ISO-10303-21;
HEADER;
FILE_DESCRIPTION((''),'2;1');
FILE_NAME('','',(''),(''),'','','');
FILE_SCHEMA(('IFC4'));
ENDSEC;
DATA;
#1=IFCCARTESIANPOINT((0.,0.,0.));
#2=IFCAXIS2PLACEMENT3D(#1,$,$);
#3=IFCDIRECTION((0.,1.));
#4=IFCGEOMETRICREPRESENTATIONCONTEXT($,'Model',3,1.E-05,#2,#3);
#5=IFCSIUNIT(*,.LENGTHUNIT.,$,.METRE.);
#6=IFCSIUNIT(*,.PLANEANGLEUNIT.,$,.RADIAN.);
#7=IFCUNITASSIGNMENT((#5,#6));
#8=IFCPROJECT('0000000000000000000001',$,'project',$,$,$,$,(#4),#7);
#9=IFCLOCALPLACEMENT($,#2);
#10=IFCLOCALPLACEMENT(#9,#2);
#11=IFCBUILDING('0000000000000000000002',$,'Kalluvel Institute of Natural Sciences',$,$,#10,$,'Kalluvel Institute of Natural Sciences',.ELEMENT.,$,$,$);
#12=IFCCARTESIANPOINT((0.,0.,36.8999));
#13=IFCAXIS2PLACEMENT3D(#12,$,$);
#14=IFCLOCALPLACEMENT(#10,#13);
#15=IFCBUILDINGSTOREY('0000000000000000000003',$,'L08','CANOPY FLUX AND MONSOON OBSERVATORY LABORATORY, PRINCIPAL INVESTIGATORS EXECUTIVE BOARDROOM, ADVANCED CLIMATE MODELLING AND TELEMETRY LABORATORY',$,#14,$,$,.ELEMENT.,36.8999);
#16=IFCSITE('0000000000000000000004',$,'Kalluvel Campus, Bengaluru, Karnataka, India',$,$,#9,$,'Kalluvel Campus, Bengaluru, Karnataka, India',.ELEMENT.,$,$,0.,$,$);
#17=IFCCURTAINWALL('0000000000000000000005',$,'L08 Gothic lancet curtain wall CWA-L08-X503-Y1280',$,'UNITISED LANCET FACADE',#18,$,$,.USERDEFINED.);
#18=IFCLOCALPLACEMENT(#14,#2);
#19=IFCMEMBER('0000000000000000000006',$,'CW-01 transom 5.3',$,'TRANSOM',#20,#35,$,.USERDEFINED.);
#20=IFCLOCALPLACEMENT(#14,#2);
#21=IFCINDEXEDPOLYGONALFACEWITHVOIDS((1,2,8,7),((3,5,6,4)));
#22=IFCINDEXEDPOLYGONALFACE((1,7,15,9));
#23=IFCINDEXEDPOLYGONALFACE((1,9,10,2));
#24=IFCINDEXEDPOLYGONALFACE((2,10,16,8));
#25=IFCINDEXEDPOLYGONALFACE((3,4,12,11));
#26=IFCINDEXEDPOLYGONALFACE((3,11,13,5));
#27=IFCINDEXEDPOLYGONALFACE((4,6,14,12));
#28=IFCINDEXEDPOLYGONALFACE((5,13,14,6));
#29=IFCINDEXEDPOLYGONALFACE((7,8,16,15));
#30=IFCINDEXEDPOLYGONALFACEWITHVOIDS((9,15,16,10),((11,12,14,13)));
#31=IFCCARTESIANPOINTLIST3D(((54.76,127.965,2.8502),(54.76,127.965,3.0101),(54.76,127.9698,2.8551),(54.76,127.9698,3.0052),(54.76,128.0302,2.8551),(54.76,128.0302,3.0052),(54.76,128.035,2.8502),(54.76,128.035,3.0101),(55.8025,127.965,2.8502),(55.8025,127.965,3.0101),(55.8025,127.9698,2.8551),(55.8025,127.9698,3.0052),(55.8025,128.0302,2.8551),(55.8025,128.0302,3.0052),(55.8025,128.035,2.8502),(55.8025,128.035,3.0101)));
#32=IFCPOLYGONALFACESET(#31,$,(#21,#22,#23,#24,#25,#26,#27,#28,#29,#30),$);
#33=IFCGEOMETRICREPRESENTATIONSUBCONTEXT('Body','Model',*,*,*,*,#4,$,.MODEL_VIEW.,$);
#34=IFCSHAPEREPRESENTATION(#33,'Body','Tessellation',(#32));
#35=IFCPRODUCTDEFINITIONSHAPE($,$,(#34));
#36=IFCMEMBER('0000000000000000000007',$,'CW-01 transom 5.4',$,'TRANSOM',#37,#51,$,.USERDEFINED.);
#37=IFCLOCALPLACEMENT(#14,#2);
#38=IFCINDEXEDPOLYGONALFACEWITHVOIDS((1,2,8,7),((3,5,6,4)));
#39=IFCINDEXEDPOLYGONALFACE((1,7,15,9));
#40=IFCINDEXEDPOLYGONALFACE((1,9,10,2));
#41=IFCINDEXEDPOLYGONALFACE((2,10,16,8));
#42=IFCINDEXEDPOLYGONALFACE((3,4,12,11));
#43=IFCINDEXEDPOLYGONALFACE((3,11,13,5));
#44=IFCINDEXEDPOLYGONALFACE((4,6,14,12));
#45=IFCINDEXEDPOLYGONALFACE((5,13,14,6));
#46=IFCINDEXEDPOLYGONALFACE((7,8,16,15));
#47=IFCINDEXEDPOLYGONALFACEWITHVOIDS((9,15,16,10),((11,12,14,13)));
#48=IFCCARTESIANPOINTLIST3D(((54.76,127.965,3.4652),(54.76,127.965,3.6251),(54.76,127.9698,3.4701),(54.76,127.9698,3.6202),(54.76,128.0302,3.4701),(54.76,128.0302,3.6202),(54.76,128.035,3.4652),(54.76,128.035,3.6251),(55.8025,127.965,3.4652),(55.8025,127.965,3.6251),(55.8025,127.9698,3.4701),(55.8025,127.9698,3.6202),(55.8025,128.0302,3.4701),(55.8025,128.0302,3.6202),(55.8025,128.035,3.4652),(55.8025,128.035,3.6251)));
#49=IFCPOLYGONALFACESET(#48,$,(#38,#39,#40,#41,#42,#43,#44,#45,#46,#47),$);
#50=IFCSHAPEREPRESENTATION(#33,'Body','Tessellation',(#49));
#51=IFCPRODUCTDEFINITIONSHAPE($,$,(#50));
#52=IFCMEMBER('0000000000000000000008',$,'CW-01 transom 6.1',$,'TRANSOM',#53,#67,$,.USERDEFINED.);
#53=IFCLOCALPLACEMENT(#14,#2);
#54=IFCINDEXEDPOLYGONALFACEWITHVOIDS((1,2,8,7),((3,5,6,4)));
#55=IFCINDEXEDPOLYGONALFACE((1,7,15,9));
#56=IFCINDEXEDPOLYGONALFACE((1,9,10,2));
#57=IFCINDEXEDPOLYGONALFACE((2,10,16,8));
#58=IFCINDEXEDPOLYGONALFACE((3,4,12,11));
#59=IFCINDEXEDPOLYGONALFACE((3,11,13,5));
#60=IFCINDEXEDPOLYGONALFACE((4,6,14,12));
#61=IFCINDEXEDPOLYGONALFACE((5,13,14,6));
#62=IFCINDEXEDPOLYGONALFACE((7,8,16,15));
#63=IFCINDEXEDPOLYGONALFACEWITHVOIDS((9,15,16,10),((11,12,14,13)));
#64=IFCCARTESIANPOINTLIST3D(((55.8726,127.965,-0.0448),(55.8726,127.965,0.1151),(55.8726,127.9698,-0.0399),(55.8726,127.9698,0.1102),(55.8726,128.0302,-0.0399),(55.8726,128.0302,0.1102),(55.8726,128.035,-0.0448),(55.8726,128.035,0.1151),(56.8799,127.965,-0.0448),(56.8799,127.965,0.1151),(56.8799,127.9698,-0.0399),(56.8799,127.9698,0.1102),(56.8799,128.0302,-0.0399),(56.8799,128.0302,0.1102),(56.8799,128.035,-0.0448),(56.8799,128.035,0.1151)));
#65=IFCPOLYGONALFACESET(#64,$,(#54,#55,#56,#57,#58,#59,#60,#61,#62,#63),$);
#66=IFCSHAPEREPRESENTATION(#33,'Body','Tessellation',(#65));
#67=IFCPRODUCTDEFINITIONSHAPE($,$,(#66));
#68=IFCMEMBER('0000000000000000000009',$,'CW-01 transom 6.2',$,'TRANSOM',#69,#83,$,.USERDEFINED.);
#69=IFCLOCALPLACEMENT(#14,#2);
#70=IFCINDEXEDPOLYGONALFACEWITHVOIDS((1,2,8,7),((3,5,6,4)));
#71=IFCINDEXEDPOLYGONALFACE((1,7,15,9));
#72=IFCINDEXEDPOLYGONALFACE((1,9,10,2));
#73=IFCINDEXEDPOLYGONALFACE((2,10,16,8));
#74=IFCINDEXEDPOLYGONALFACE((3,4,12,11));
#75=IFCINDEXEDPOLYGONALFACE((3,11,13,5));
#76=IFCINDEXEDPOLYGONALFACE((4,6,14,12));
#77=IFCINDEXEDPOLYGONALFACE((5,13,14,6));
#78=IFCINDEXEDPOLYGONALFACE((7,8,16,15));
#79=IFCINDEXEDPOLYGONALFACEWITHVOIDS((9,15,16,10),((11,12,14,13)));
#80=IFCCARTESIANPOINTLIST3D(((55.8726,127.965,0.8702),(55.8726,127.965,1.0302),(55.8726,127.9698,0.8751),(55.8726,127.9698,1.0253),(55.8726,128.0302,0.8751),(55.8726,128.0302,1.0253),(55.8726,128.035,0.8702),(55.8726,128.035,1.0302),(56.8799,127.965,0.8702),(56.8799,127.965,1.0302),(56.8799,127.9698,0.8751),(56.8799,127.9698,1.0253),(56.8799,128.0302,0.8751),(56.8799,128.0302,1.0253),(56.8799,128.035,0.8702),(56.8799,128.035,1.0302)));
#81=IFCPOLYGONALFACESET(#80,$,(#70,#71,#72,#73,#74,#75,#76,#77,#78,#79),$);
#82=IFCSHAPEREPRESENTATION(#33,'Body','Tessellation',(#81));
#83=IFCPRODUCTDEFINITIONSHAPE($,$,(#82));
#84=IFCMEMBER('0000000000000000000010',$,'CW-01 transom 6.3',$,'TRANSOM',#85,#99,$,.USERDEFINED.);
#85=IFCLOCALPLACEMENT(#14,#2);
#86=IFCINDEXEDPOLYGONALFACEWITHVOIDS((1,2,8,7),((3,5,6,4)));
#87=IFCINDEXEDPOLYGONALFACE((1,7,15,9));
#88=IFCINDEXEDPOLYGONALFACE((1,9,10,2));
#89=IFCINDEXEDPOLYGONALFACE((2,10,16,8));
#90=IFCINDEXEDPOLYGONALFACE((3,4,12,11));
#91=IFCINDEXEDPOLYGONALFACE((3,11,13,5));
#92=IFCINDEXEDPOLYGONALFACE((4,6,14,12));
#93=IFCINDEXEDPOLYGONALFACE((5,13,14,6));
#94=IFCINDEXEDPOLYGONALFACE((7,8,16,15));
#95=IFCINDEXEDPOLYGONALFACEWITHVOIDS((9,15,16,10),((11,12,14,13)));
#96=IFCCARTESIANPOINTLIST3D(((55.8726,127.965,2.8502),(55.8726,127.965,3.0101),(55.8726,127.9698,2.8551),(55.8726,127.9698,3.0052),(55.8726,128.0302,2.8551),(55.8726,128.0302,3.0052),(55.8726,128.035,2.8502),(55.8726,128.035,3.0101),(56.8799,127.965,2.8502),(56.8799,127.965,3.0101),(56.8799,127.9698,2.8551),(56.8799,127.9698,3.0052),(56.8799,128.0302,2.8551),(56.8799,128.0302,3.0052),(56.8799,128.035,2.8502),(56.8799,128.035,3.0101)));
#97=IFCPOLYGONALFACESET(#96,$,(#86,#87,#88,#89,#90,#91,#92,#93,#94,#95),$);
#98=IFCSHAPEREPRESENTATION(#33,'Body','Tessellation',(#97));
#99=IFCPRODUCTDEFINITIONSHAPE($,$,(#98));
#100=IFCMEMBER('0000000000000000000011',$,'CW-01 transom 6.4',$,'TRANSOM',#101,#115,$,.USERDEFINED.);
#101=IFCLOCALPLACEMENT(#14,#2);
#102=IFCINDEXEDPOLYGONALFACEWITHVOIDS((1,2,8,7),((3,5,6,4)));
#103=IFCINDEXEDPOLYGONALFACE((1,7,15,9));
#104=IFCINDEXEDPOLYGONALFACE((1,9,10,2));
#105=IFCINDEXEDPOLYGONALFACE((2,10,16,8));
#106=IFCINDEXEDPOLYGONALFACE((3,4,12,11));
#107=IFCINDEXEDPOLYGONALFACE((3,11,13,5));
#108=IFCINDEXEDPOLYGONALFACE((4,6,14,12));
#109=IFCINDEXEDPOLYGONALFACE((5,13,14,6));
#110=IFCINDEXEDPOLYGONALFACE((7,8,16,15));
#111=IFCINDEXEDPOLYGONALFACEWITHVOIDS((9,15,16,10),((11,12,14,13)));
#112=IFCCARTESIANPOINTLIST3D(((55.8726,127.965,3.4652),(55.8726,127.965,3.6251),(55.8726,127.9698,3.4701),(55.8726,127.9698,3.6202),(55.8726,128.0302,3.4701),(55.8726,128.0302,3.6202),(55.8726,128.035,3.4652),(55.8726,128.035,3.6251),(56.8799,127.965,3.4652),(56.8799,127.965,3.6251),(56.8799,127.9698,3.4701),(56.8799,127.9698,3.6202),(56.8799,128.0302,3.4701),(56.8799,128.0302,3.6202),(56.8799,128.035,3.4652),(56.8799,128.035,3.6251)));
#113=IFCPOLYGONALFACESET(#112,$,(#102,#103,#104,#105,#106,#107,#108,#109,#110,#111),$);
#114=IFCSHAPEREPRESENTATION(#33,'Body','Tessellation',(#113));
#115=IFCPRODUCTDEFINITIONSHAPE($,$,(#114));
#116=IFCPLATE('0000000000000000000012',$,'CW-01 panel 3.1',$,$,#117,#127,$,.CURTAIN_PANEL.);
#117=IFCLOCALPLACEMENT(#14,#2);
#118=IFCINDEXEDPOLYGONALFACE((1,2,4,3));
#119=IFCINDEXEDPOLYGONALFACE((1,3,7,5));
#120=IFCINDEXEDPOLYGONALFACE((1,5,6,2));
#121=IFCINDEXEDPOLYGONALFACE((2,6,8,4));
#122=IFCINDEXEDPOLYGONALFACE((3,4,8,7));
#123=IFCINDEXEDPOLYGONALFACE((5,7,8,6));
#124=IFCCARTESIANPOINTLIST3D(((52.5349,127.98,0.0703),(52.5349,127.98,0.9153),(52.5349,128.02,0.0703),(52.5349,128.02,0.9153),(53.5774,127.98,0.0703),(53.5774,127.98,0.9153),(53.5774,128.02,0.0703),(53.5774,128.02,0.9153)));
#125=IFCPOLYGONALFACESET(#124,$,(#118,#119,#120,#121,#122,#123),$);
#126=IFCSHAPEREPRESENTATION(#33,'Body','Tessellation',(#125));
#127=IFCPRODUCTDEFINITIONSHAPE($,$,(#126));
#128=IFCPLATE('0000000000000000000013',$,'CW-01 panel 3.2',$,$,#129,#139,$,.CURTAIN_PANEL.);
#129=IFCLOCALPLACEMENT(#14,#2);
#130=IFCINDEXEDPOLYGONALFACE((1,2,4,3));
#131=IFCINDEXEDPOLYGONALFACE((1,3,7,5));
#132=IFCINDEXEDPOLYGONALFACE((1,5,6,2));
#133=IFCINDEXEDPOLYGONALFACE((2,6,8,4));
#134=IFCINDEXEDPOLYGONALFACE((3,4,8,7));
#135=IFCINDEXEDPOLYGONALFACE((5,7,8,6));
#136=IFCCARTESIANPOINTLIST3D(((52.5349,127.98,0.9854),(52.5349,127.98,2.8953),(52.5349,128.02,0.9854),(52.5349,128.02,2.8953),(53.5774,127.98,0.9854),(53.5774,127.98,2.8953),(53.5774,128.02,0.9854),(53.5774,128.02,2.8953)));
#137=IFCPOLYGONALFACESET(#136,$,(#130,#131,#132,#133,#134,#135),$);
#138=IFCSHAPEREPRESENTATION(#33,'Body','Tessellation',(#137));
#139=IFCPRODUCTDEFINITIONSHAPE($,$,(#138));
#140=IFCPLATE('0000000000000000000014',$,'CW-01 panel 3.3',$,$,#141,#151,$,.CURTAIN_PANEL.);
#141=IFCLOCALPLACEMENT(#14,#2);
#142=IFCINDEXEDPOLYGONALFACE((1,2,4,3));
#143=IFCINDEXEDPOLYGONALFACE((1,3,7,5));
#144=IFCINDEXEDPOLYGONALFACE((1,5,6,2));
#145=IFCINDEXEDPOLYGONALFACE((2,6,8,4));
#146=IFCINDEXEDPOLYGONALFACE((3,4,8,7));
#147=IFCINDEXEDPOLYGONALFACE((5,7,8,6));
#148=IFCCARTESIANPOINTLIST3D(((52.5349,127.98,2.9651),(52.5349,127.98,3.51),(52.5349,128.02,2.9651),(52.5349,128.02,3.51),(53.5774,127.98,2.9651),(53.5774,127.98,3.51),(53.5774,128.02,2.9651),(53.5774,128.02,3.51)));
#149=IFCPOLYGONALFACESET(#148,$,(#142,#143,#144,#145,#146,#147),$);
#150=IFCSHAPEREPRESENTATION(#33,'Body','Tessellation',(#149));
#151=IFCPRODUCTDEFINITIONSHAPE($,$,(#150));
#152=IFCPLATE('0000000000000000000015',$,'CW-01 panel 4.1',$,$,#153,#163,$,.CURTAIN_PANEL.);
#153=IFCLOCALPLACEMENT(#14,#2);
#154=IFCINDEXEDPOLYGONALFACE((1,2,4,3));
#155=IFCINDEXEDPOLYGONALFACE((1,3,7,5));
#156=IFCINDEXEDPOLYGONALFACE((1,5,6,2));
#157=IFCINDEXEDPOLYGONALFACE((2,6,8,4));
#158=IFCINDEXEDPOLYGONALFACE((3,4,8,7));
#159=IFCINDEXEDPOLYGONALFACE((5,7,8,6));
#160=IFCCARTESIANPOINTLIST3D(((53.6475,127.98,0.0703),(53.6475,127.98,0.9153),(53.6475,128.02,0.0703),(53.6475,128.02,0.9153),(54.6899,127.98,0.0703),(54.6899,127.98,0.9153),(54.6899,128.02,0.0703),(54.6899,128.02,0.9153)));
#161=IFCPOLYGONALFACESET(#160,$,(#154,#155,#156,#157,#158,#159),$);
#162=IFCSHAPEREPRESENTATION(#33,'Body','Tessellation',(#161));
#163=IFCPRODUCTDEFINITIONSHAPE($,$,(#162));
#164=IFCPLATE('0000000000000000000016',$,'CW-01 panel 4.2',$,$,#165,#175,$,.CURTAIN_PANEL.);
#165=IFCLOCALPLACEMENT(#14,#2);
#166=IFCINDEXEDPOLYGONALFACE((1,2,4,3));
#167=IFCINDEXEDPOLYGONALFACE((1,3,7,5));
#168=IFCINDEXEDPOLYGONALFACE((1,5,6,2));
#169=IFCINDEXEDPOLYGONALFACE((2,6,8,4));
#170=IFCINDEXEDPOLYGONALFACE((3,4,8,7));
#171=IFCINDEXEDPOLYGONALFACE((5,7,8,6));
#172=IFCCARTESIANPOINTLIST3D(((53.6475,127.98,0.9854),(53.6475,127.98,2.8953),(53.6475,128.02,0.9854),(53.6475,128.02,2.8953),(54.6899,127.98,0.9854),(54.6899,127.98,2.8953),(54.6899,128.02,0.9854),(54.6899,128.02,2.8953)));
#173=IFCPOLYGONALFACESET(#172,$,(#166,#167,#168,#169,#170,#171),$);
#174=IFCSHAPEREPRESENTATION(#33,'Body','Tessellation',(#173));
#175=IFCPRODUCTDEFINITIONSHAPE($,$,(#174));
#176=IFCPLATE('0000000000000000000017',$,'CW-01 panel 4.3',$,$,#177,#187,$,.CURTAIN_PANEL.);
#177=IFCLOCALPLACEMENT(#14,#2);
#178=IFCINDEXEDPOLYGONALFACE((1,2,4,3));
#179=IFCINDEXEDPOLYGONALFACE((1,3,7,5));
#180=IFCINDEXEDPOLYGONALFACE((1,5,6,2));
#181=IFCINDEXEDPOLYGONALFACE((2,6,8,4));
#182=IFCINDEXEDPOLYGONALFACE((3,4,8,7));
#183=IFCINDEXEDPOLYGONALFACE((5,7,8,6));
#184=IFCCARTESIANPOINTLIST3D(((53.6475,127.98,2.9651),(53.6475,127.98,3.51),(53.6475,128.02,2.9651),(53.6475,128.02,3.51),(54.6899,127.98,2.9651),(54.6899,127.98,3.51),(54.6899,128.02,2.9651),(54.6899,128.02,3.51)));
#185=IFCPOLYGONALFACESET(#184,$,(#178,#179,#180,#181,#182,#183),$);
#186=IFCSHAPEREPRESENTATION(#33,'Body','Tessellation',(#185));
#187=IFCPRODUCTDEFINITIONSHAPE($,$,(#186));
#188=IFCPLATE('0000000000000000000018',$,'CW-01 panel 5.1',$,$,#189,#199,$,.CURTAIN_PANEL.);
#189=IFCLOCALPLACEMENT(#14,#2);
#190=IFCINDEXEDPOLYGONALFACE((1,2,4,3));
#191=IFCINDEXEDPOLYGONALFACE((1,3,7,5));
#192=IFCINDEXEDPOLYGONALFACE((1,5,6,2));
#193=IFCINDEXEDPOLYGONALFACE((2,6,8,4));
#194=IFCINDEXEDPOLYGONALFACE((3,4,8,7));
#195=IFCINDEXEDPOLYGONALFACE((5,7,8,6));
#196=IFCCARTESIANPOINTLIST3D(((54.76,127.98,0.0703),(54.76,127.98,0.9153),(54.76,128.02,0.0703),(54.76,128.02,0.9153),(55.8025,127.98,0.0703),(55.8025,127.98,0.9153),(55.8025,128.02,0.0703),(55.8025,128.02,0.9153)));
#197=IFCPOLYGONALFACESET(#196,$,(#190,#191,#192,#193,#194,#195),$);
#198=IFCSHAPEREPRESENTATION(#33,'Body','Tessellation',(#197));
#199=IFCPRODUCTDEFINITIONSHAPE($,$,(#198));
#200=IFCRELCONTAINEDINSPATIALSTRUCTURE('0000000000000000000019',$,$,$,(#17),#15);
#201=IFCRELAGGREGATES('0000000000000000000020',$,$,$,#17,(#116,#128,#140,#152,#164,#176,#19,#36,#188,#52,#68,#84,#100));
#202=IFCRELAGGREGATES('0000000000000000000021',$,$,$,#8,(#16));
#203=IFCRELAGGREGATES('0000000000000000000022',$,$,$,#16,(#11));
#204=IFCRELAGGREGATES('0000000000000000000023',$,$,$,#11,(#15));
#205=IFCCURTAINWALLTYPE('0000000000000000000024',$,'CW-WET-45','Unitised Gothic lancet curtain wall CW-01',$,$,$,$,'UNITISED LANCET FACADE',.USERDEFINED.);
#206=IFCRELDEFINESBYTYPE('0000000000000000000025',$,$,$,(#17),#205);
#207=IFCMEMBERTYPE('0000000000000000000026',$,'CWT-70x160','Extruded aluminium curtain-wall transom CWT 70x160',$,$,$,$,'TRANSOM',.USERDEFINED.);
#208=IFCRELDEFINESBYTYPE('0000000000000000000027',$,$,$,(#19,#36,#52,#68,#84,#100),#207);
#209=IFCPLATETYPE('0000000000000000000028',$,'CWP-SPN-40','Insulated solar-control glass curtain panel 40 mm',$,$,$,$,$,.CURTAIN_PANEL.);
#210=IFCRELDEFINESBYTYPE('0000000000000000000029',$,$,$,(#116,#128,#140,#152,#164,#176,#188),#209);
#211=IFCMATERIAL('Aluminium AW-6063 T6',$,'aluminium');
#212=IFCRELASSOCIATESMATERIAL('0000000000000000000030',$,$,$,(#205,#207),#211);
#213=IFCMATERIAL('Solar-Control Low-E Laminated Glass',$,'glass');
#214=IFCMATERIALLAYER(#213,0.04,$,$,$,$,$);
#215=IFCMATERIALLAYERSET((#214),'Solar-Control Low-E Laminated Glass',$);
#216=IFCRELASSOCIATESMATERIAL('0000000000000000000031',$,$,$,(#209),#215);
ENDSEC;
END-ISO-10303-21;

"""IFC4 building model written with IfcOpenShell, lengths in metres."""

from ifc_helpers import new_model, si_unit, direction, frame, origin, origin_2d, place, context, subcontext, project, spatial, rectangle, hollow_rectangle, extrude, material, layer, layer_set, material_profile, profile_set, type_object, element, aggregate, save


model = new_model("IFC4")

# Units and contexts
model_context = context("Model", 3, precision=1e-05, world=origin(), true_north=direction((0.0, 1.0)))
body_context = subcontext(model_context, "Body", "Model", "MODEL_VIEW")
ifc_project = project(units=[si_unit("LENGTHUNIT", "METRE"), si_unit("PLANEANGLEUNIT", "RADIAN")], contexts=[model_context])

# Site, building, storey
site_placement = place(None, origin())
site = spatial("IfcSite", under=ifc_project, at=site_placement, Name="Kalluvel Campus, Bengaluru, Karnataka, India", LongName="Kalluvel Campus, Bengaluru, Karnataka, India", CompositionType="ELEMENT", RefElevation=0.0)
building_placement = place(site_placement, origin())
building = spatial("IfcBuilding", under=site, at=building_placement, Name="Kalluvel Institute of Natural Sciences", LongName="Kalluvel Institute of Natural Sciences", CompositionType="ELEMENT")
storey_placement = place(building_placement, frame((0.0, 0.0, 36.8999)))
storey = spatial("IfcBuildingStorey", under=building, at=storey_placement, Name="L08", Description="CANOPY FLUX AND MONSOON OBSERVATORY LABORATORY, PRINCIPAL INVESTIGATORS EXECUTIVE BOARDROOM, ADVANCED CLIMATE MODELLING AND TELEMETRY LABORATORY", CompositionType="ELEMENT", Elevation=36.8999)

# Curtain wall, members, plates
ifc_material_1 = material(Name="Aluminium AW-6063 T6", Category="aluminium")
curtain_wall_type = type_object("IfcCurtainWallType", Name="CW-WET-45", Description="Unitised Gothic lancet curtain wall CW-01", ElementType="UNITISED LANCET FACADE", PredefinedType="USERDEFINED", material=ifc_material_1)
curtain_wall_placement = place(storey_placement, origin())
curtain_wall = element("IfcCurtainWall", 1, at=curtain_wall_placement, inside=storey, type_object=curtain_wall_type, Name="L08 Gothic lancet curtain wall CWA-L08-X503-Y1280", ObjectType="UNITISED LANCET FACADE", PredefinedType="USERDEFINED")
ifc_material_profile_1 = material_profile(ifc_material_1, hollow_rectangle(XDim=0.0701, YDim=0.1599, WallThickness=0.0049, at=origin_2d()), Name="CWT 70x160")
ifc_profile_set_1 = profile_set([ifc_material_profile_1], Name="Aluminium AW-6063 T6")
member_type_1 = type_object("IfcMemberType", Name="CWT-70x160", Description="Extruded aluminium curtain-wall transom CWT 70x160", ElementType="TRANSOM", PredefinedType="USERDEFINED", material=ifc_profile_set_1)
member_1_placement = place(storey_placement, frame((54.76, 128.0, 2.9302), z_axis=(1.0, 0.0, 0.0), x_axis=(0.0, 1.0, 0.0)))
member_1 = element("IfcMember", 2, at=member_1_placement, type_object=member_type_1, Name="CW-01 transom 5.3", ObjectType="TRANSOM", PredefinedType="USERDEFINED", context=body_context, shape_type="SweptSolid", body=[
    extrude(hollow_rectangle(XDim=0.0701, YDim=0.1599, WallThickness=0.0049, at=origin_2d()), origin(), (0.0, 0.0, 1.0), 1.0425),
])
member_2_placement = place(storey_placement, frame((54.76, 128.0, 3.5452), z_axis=(1.0, 0.0, 0.0), x_axis=(0.0, 1.0, 0.0)))
member_2 = element("IfcMember", 3, at=member_2_placement, type_object=member_type_1, Name="CW-01 transom 5.4", ObjectType="TRANSOM", PredefinedType="USERDEFINED", context=body_context, shape_type="SweptSolid", body=[
    extrude(hollow_rectangle(XDim=0.0701, YDim=0.1599, WallThickness=0.0049, at=origin_2d()), origin(), (0.0, 0.0, 1.0), 1.0425),
])
member_3_placement = place(storey_placement, frame((55.8726, 128.0, 0.0352), z_axis=(1.0, 0.0, 0.0), x_axis=(0.0, 1.0, 0.0)))
member_3 = element("IfcMember", 4, at=member_3_placement, type_object=member_type_1, Name="CW-01 transom 6.1", ObjectType="TRANSOM", PredefinedType="USERDEFINED", context=body_context, shape_type="SweptSolid", body=[
    extrude(hollow_rectangle(XDim=0.0701, YDim=0.1599, WallThickness=0.0049, at=origin_2d()), origin(), (0.0, 0.0, 1.0), 1.0073),
])
member_4_placement = place(storey_placement, frame((55.8726, 128.0, 0.9502), z_axis=(1.0, 0.0, 0.0), x_axis=(0.0, 1.0, 0.0)))
member_4 = element("IfcMember", 5, at=member_4_placement, type_object=member_type_1, Name="CW-01 transom 6.2", ObjectType="TRANSOM", PredefinedType="USERDEFINED", context=body_context, shape_type="SweptSolid", body=[
    extrude(hollow_rectangle(XDim=0.0701, YDim=0.1599, WallThickness=0.0049, at=origin_2d()), origin(), (0.0, 0.0, 1.0), 1.0073),
])
member_5_placement = place(storey_placement, frame((55.8726, 128.0, 2.9302), z_axis=(1.0, 0.0, 0.0), x_axis=(0.0, 1.0, 0.0)))
member_5 = element("IfcMember", 6, at=member_5_placement, type_object=member_type_1, Name="CW-01 transom 6.3", ObjectType="TRANSOM", PredefinedType="USERDEFINED", context=body_context, shape_type="SweptSolid", body=[
    extrude(hollow_rectangle(XDim=0.0701, YDim=0.1599, WallThickness=0.0049, at=origin_2d()), origin(), (0.0, 0.0, 1.0), 1.0073),
])
member_6_placement = place(storey_placement, frame((55.8726, 128.0, 3.5452), z_axis=(1.0, 0.0, 0.0), x_axis=(0.0, 1.0, 0.0)))
member_6 = element("IfcMember", 7, at=member_6_placement, type_object=member_type_1, Name="CW-01 transom 6.4", ObjectType="TRANSOM", PredefinedType="USERDEFINED", context=body_context, shape_type="SweptSolid", body=[
    extrude(hollow_rectangle(XDim=0.0701, YDim=0.1599, WallThickness=0.0049, at=origin_2d()), origin(), (0.0, 0.0, 1.0), 1.0073),
])
ifc_material_2 = material(Name="Solar-Control Low-E Laminated Glass", Category="glass")
ifc_layer = layer(ifc_material_2, 0.04)
ifc_layer_set = layer_set([ifc_layer], Name="Solar-Control Low-E Laminated Glass")
plate_type = type_object("IfcPlateType", Name="CWP-SPN-40", Description="Insulated solar-control glass curtain panel 40 mm", PredefinedType="CURTAIN_PANEL", material=ifc_layer_set)
plate_1_placement = place(storey_placement, frame((53.0562, 128.0, 0.0703), z_axis=(0.0, 0.0, 1.0), x_axis=(1.0, 0.0, 0.0)))
plate_1 = element("IfcPlate", 8, at=plate_1_placement, type_object=plate_type, Name="CW-01 panel 3.1", PredefinedType="CURTAIN_PANEL", context=body_context, shape_type="SweptSolid", body=[
    extrude(rectangle(XDim=1.0425, YDim=0.04, at=origin_2d()), origin(), (0.0, 0.0, 1.0), 0.845),
])
plate_2_placement = place(storey_placement, frame((53.0562, 128.0, 0.9854), z_axis=(0.0, 0.0, 1.0), x_axis=(1.0, 0.0, 0.0)))
plate_2 = element("IfcPlate", 9, at=plate_2_placement, type_object=plate_type, Name="CW-01 panel 3.2", PredefinedType="CURTAIN_PANEL", context=body_context, shape_type="SweptSolid", body=[
    extrude(rectangle(XDim=1.0425, YDim=0.04, at=origin_2d()), origin(), (0.0, 0.0, 1.0), 1.9099),
])
plate_3_placement = place(storey_placement, frame((53.0562, 128.0, 2.9651), z_axis=(0.0, 0.0, 1.0), x_axis=(1.0, 0.0, 0.0)))
plate_3 = element("IfcPlate", 10, at=plate_3_placement, type_object=plate_type, Name="CW-01 panel 3.3", PredefinedType="CURTAIN_PANEL", context=body_context, shape_type="SweptSolid", body=[
    extrude(rectangle(XDim=1.0425, YDim=0.04, at=origin_2d()), origin(), (0.0, 0.0, 1.0), 0.5449),
])
plate_4_placement = place(storey_placement, frame((54.1687, 128.0, 0.0703), z_axis=(0.0, 0.0, 1.0), x_axis=(1.0, 0.0, 0.0)))
plate_4 = element("IfcPlate", 11, at=plate_4_placement, type_object=plate_type, Name="CW-01 panel 4.1", PredefinedType="CURTAIN_PANEL", context=body_context, shape_type="SweptSolid", body=[
    extrude(rectangle(XDim=1.0425, YDim=0.04, at=origin_2d()), origin(), (0.0, 0.0, 1.0), 0.845),
])
plate_5_placement = place(storey_placement, frame((54.1687, 128.0, 0.9854), z_axis=(0.0, 0.0, 1.0), x_axis=(1.0, 0.0, 0.0)))
plate_5 = element("IfcPlate", 12, at=plate_5_placement, type_object=plate_type, Name="CW-01 panel 4.2", PredefinedType="CURTAIN_PANEL", context=body_context, shape_type="SweptSolid", body=[
    extrude(rectangle(XDim=1.0425, YDim=0.04, at=origin_2d()), origin(), (0.0, 0.0, 1.0), 1.9099),
])
plate_6_placement = place(storey_placement, frame((54.1687, 128.0, 2.9651), z_axis=(0.0, 0.0, 1.0), x_axis=(1.0, 0.0, 0.0)))
plate_6 = element("IfcPlate", 13, at=plate_6_placement, type_object=plate_type, Name="CW-01 panel 4.3", PredefinedType="CURTAIN_PANEL", context=body_context, shape_type="SweptSolid", body=[
    extrude(rectangle(XDim=1.0425, YDim=0.04, at=origin_2d()), origin(), (0.0, 0.0, 1.0), 0.5449),
])
plate_7_placement = place(storey_placement, frame((55.2812, 128.0, 0.0703), z_axis=(0.0, 0.0, 1.0), x_axis=(1.0, 0.0, 0.0)))
plate_7 = element("IfcPlate", 14, at=plate_7_placement, type_object=plate_type, Name="CW-01 panel 5.1", PredefinedType="CURTAIN_PANEL", context=body_context, shape_type="SweptSolid", body=[
    extrude(rectangle(XDim=1.0425, YDim=0.04, at=origin_2d()), origin(), (0.0, 0.0, 1.0), 0.845),
])
aggregate(curtain_wall, [plate_1, plate_2, plate_3, plate_4, plate_5, plate_6, member_1, member_2, plate_7, member_3, member_4, member_5, member_6])

save(model, "model.ifc")
